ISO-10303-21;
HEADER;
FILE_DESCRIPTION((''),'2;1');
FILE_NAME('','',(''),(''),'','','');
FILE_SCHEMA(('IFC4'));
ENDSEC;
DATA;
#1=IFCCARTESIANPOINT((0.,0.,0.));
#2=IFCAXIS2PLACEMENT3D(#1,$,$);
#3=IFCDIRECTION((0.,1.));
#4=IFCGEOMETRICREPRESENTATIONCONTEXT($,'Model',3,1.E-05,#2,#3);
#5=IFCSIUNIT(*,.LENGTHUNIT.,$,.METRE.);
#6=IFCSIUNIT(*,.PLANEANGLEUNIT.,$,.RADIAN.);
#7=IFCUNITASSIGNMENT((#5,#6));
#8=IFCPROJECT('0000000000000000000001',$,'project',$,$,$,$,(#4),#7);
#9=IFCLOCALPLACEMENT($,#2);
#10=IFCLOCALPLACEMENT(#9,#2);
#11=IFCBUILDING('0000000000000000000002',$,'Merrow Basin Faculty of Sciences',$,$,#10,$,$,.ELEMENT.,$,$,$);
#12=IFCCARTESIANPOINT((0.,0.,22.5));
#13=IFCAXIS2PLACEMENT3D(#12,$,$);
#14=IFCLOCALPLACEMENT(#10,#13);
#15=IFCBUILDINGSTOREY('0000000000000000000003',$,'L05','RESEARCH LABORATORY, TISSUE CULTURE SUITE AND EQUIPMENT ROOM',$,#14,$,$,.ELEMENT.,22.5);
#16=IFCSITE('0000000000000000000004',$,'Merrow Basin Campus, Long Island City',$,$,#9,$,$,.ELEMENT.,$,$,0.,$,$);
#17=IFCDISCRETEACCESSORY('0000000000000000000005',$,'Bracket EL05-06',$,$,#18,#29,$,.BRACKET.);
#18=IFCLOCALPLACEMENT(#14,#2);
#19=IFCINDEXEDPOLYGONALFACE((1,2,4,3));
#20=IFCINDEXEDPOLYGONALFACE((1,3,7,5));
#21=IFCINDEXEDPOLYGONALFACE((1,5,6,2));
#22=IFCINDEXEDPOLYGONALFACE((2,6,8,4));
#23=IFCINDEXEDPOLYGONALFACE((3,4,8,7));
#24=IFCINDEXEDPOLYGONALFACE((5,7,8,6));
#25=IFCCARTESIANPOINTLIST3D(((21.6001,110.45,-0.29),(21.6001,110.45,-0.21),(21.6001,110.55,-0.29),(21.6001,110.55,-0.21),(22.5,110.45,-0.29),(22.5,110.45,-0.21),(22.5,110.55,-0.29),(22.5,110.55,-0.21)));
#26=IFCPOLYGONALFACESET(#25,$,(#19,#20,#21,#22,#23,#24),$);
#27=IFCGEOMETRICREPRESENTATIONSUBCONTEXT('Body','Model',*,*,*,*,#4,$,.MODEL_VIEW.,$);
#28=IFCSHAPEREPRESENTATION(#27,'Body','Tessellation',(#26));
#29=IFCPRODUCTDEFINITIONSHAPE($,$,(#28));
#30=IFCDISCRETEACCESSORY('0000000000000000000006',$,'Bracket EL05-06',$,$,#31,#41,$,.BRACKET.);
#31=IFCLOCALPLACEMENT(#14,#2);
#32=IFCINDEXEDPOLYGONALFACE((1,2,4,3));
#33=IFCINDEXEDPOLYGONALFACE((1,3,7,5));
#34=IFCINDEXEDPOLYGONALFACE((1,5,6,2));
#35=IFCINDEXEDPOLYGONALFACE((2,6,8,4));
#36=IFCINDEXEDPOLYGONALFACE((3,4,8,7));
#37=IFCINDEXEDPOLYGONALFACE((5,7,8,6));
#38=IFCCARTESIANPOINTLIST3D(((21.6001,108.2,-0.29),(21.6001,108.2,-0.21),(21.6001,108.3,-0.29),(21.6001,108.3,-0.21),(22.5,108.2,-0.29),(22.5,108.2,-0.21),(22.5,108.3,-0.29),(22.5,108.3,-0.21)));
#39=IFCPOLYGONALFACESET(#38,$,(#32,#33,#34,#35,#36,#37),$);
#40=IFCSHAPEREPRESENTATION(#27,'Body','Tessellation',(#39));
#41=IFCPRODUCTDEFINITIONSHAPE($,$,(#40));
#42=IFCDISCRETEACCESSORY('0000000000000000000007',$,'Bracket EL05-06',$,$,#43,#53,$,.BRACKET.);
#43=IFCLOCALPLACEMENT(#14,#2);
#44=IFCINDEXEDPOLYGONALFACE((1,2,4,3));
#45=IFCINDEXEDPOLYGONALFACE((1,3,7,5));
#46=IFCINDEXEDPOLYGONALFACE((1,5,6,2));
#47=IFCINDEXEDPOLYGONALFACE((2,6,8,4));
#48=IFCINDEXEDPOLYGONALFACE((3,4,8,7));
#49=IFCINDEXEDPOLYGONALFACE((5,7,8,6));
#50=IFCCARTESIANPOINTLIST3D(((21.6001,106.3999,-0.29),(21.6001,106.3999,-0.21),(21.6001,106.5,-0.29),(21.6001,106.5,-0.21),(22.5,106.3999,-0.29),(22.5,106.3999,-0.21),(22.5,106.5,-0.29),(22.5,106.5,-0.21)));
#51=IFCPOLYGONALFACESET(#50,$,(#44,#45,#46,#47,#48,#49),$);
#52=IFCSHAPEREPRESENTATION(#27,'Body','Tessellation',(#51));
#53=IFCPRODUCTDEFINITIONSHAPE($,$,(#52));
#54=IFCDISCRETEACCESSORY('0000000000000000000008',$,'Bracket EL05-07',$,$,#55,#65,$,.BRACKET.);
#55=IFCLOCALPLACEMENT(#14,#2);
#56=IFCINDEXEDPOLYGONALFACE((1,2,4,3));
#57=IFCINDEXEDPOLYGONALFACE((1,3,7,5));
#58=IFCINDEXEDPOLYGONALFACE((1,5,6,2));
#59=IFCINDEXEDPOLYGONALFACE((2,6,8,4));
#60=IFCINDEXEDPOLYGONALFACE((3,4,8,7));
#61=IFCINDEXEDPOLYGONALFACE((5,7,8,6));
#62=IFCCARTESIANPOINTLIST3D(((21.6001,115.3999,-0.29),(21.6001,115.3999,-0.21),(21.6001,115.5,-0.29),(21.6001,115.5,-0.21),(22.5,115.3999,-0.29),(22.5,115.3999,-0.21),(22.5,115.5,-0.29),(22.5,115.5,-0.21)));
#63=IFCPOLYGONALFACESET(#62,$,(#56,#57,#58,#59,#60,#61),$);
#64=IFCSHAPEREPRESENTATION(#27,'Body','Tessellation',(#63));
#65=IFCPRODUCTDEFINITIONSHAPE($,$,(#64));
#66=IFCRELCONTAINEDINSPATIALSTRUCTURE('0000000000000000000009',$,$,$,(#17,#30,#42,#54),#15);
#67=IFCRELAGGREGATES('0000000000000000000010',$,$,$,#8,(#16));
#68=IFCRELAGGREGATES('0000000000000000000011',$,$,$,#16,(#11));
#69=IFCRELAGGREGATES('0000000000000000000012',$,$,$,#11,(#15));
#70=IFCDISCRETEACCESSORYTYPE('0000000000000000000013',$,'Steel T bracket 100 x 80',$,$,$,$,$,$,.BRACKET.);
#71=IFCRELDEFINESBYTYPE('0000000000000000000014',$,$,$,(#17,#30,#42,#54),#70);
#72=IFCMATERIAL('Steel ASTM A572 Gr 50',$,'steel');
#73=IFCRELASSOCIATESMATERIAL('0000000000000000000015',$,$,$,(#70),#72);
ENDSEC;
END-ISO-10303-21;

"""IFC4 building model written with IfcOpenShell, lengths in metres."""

from ifc_helpers import new_model, si_unit, direction, frame, origin, place, context, subcontext, project, spatial, polyline, outline, extrude, source, transform, mapped, material, type_object, element, save


model = new_model("IFC4")

# Units and contexts
model_context = context("Model", 3, precision=1e-05, world=origin(), true_north=direction((0.0, 1.0)))
body_context = subcontext(model_context, "Body", "Model", "MODEL_VIEW")
ifc_project = project(units=[si_unit("LENGTHUNIT", "METRE"), si_unit("PLANEANGLEUNIT", "RADIAN")], contexts=[model_context])

# Site, building, storey
site_placement = place(None, origin())
site = spatial("IfcSite", under=ifc_project, at=site_placement, Name="Merrow Basin Campus, Long Island City", CompositionType="ELEMENT", RefElevation=0.0)
building_placement = place(site_placement, origin())
building = spatial("IfcBuilding", under=site, at=building_placement, Name="Merrow Basin Faculty of Sciences", CompositionType="ELEMENT")
storey_placement = place(building_placement, frame((0.0, 0.0, 22.5)))
storey = spatial("IfcBuildingStorey", under=building, at=storey_placement, Name="L05", Description="RESEARCH LABORATORY, TISSUE CULTURE SUITE AND EQUIPMENT ROOM", CompositionType="ELEMENT", Elevation=22.5)

# Discrete accessories
ifc_material_1 = material(Name="Steel ASTM A572 Gr 50", Category="steel")
discrete_accessory_type = type_object("IfcDiscreteAccessoryType", Name="Steel T bracket 100 x 80", PredefinedType="BRACKET", material=ifc_material_1)
shared_shape_1 = source(origin(), body_context, "Body", "SweptSolid", [
    extrude(outline(polyline([(0.0, 0.0), (0.1001, 0.0), (0.1001, 0.0801), (0.0, 0.0801), (0.0, 0.0)])), origin(), (0.0, 0.0, 1.0), 0.8999),
])
for number, where, z_axis, x_axis, name in (
    (1, (22.5, 110.55, -0.29), (-1.0, 0.0, 0.0), (0.0, -1.0, 0.0), "Bracket EL05-06"),
    (2, (22.5, 108.3, -0.29), (-1.0, 0.0, 0.0), (0.0, -1.0, 0.0), "Bracket EL05-06"),
    (3, (22.5, 106.5, -0.29), (-1.0, 0.0, 0.0), (0.0, -1.0, 0.0), "Bracket EL05-06"),
    (4, (22.5, 115.5, -0.29), (-1.0, 0.0, 0.0), (0.0, -1.0, 0.0), "Bracket EL05-07"),
):
    element("IfcDiscreteAccessory", number, at=place(storey_placement, frame(where, z_axis=z_axis, x_axis=x_axis)), inside=storey, type_object=discrete_accessory_type, Name=name, PredefinedType="BRACKET", context=body_context, shape_type="MappedRepresentation", body=[
        mapped(shared_shape_1, transform((0.0, 0.0, 0.0), scale=1.0)),
    ])

save(model, "model.ifc")
